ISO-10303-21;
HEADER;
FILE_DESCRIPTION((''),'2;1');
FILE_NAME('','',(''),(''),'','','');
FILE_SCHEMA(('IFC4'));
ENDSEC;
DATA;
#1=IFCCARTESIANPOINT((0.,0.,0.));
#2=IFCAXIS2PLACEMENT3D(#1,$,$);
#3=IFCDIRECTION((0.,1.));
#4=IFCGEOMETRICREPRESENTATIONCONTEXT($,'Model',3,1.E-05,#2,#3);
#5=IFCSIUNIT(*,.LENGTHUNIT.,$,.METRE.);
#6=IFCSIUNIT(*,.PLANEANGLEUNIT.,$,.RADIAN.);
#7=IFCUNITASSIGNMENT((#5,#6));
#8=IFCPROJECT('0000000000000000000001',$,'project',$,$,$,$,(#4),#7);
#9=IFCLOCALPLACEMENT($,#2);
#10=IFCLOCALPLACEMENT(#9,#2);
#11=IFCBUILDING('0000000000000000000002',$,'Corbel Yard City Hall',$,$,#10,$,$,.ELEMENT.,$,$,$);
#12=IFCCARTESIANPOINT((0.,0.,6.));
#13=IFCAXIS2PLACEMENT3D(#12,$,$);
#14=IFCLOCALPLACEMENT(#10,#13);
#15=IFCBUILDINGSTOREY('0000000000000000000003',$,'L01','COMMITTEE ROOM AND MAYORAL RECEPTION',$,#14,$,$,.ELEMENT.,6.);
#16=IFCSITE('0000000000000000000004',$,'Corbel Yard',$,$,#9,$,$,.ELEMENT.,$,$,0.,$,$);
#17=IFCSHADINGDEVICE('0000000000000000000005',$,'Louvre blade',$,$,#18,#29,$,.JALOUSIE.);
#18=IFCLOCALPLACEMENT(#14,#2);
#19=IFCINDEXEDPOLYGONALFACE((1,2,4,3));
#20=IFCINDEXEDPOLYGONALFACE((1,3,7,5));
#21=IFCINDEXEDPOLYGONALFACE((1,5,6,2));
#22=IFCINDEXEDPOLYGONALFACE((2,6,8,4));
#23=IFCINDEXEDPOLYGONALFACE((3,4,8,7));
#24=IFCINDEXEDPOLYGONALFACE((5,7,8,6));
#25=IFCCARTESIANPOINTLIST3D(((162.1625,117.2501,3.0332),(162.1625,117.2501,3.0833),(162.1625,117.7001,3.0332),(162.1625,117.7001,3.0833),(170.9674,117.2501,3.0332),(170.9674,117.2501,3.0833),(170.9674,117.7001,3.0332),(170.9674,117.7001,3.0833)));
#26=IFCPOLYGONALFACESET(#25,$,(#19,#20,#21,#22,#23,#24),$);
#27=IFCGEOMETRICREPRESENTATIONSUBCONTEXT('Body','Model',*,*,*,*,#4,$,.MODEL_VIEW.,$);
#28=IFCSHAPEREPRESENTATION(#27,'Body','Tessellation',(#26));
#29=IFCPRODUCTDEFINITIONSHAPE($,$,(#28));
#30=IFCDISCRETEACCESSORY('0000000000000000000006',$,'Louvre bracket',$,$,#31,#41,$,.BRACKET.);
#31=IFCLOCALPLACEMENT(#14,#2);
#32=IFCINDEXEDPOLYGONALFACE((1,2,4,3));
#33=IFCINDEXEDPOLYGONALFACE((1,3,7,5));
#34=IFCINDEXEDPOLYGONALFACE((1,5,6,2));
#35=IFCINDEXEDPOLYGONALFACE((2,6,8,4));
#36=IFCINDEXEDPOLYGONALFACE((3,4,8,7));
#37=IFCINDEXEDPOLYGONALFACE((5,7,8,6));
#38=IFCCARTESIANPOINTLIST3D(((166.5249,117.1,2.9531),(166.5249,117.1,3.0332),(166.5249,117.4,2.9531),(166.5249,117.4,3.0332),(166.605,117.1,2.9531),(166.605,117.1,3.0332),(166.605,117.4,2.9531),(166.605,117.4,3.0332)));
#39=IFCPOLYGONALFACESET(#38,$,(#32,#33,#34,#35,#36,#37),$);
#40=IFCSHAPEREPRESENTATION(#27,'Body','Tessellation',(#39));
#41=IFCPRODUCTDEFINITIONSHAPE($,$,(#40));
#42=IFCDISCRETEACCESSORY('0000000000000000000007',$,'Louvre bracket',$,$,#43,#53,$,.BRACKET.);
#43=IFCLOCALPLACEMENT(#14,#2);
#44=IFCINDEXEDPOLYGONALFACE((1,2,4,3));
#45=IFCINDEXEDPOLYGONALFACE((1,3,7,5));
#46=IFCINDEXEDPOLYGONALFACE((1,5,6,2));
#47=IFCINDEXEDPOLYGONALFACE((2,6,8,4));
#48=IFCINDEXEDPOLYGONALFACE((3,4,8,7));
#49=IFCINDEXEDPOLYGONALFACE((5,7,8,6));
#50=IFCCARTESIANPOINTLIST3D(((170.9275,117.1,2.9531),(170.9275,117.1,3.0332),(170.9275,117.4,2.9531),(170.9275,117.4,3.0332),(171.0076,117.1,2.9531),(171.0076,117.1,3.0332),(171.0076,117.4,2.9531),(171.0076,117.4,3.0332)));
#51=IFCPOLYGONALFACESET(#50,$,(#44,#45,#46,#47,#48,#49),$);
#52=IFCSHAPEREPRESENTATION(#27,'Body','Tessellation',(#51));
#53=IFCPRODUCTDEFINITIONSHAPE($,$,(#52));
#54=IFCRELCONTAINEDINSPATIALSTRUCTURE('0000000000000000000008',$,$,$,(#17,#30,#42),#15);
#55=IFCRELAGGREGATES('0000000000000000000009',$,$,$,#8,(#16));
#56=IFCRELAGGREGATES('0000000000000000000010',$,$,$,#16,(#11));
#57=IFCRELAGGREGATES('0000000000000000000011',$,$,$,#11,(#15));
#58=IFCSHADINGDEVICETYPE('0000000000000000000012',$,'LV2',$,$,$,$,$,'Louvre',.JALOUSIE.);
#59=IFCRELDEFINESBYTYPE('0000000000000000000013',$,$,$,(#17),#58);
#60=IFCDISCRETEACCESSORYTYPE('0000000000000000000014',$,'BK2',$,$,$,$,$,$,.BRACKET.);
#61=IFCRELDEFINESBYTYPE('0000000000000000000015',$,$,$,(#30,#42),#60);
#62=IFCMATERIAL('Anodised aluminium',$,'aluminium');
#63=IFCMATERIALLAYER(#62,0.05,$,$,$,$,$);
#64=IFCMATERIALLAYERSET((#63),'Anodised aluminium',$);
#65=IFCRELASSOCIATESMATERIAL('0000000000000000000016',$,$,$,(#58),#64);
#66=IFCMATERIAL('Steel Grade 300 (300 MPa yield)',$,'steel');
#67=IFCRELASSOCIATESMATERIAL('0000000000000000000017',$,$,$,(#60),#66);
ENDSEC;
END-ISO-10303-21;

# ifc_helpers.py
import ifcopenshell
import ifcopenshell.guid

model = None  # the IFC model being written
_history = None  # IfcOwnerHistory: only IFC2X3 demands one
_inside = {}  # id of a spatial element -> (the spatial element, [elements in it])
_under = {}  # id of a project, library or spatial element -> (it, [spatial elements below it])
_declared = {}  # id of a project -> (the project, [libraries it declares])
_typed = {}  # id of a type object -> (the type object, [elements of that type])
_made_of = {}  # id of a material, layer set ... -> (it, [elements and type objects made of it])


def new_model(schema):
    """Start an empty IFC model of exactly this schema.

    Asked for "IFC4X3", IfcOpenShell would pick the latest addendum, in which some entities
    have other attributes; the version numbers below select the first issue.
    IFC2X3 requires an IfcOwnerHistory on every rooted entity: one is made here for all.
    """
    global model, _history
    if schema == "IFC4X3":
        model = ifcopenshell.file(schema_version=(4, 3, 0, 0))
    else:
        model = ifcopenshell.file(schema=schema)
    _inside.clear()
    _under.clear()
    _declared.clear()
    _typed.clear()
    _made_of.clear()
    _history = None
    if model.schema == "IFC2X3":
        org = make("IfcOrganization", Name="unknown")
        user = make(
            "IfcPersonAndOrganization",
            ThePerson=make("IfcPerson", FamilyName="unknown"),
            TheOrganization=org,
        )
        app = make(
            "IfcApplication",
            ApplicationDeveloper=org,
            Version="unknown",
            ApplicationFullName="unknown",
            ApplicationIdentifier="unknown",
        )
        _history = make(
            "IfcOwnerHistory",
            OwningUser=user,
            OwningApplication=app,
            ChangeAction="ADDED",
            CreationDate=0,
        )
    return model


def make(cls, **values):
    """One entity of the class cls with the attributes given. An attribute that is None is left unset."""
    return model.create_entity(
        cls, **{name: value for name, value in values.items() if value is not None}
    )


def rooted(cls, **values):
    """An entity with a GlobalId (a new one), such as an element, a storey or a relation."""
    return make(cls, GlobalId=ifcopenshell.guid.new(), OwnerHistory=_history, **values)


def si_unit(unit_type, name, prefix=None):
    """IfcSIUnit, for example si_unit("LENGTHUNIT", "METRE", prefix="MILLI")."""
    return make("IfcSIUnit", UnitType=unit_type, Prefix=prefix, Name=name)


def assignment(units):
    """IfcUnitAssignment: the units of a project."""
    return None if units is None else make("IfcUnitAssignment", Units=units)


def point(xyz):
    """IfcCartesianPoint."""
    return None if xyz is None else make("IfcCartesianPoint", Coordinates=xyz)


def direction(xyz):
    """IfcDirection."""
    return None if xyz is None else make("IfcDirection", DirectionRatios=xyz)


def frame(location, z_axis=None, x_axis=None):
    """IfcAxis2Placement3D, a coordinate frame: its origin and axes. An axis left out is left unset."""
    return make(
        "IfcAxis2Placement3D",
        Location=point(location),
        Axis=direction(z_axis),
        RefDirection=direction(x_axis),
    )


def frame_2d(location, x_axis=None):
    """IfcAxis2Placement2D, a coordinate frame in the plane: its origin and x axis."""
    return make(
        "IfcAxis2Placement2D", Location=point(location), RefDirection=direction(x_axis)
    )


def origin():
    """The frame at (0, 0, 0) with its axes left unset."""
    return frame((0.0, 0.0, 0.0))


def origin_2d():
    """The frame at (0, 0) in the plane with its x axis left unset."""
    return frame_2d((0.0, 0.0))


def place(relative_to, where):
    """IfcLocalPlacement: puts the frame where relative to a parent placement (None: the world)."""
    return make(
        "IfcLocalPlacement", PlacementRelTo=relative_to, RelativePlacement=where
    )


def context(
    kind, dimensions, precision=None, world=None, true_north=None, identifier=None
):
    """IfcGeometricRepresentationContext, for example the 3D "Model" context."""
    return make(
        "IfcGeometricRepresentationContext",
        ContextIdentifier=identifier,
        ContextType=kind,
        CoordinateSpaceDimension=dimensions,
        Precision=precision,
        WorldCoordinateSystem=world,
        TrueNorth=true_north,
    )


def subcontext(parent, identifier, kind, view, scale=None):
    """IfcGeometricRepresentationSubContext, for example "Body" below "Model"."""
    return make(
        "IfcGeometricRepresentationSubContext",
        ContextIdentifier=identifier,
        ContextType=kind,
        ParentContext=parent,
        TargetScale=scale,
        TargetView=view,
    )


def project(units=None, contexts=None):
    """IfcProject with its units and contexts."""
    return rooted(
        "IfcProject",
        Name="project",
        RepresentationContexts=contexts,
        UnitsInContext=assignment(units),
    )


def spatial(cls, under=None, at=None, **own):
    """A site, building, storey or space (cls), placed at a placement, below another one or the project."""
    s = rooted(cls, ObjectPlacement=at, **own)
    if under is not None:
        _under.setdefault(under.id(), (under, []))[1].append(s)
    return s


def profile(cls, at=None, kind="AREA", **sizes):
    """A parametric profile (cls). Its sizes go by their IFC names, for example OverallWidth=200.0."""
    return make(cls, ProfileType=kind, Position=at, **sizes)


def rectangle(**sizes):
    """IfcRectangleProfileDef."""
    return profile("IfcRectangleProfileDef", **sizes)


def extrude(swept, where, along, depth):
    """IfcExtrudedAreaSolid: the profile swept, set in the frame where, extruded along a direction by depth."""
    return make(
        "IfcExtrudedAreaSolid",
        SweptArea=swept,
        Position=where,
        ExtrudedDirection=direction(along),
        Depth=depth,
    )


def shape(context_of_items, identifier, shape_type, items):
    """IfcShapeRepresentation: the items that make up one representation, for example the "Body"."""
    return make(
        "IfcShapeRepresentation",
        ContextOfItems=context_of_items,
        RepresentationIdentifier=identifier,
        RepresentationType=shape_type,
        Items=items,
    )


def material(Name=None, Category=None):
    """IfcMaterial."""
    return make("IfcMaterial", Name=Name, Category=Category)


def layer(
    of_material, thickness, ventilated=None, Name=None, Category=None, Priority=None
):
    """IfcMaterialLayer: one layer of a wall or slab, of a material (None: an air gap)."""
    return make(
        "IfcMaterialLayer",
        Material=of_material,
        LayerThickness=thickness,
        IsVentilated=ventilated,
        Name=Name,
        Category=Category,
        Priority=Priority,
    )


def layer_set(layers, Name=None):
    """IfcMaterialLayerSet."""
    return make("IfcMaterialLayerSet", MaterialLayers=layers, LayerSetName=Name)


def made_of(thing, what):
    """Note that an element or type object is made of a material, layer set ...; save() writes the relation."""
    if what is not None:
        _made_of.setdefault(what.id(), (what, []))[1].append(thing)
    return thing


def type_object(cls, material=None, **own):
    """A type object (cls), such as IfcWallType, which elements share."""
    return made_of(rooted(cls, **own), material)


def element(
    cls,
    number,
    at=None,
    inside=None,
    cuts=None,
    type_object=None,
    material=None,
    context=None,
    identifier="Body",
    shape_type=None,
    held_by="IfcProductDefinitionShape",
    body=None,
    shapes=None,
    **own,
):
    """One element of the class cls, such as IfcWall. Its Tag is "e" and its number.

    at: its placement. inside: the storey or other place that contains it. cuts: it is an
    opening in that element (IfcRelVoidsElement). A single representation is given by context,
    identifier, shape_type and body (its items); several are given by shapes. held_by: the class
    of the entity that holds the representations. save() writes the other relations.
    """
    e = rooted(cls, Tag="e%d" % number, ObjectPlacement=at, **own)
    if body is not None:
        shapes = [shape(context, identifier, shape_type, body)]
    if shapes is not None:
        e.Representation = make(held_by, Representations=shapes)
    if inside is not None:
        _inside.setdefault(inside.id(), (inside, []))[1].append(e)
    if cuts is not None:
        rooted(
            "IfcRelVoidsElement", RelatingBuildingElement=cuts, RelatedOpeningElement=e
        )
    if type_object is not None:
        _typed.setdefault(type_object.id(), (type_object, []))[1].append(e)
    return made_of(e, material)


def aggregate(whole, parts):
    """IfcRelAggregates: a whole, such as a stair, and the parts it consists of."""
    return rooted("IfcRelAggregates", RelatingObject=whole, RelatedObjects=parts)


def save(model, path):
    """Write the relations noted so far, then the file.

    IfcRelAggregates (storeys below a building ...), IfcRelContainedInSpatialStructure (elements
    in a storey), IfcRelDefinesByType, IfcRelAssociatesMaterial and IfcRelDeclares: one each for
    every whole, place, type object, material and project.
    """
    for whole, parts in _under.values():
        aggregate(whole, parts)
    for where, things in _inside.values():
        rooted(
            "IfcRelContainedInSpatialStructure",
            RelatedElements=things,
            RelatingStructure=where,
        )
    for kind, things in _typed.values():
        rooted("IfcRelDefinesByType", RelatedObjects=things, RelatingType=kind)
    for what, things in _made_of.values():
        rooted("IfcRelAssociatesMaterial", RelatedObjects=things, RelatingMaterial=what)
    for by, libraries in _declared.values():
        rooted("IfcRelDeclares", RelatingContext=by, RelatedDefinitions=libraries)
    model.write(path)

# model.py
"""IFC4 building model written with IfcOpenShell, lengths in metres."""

from ifc_helpers import new_model, si_unit, direction, frame, origin, origin_2d, place, context, subcontext, project, spatial, rectangle, extrude, material, layer, layer_set, type_object, element, save


model = new_model("IFC4")

# Units and contexts
model_context = context("Model", 3, precision=1e-05, world=origin(), true_north=direction((0.0, 1.0)))
body_context = subcontext(model_context, "Body", "Model", "MODEL_VIEW")
ifc_project = project(units=[si_unit("LENGTHUNIT", "METRE"), si_unit("PLANEANGLEUNIT", "RADIAN")], contexts=[model_context])

# Site, building, storey
site_placement = place(None, origin())
site = spatial("IfcSite", under=ifc_project, at=site_placement, Name="Corbel Yard", CompositionType="ELEMENT", RefElevation=0.0)
building_placement = place(site_placement, origin())
building = spatial("IfcBuilding", under=site, at=building_placement, Name="Corbel Yard City Hall", CompositionType="ELEMENT")
storey_placement = place(building_placement, frame((0.0, 0.0, 6.0)))
storey = spatial("IfcBuildingStorey", under=building, at=storey_placement, Name="L01", Description="COMMITTEE ROOM AND MAYORAL RECEPTION", CompositionType="ELEMENT", Elevation=6.0)

# Shared definitions
ifc_material_1 = material(Name="Steel Grade 300 (300 MPa yield)", Category="steel")

# Shading device
ifc_material_2 = material(Name="Anodised aluminium", Category="aluminium")
ifc_layer_1 = layer(ifc_material_2, 0.05)
ifc_layer_set_1 = layer_set([ifc_layer_1], Name="Anodised aluminium")
shading_device_type = type_object("IfcShadingDeviceType", Name="LV2", ElementType="Louvre", PredefinedType="JALOUSIE", material=ifc_layer_set_1)
shading_device_placement = place(storey_placement, frame((166.5649, 117.4751, 3.0332), z_axis=(0.0, 0.0, 1.0), x_axis=(1.0, 0.0, 0.0)))
element("IfcShadingDevice", 1, at=shading_device_placement, inside=storey, type_object=shading_device_type, Name="Louvre blade", PredefinedType="JALOUSIE", context=body_context, shape_type="SweptSolid", body=[
    extrude(rectangle(XDim=8.8049, YDim=0.45, at=origin_2d()), origin(), (0.0, 0.0, 1.0), 0.05),
])

# Discrete accessories
discrete_accessory_type = type_object("IfcDiscreteAccessoryType", Name="BK2", PredefinedType="BRACKET", material=ifc_material_1)
for number, where, z_axis, x_axis, name in (
    (2, (166.5649, 117.25, 2.9531), (0.0, 0.0, 1.0), (1.0, 0.0, 0.0), "Louvre bracket"),
    (3, (170.9675, 117.25, 2.9531), (0.0, 0.0, 1.0), (1.0, 0.0, 0.0), "Louvre bracket"),
):
    element("IfcDiscreteAccessory", number, at=place(storey_placement, frame(where, z_axis=z_axis, x_axis=x_axis)), inside=storey, type_object=discrete_accessory_type, Name=name, PredefinedType="BRACKET", context=body_context, shape_type="SweptSolid", body=[
        extrude(rectangle(XDim=0.0801, YDim=0.3, at=origin_2d()), origin(), (0.0, 0.0, 1.0), 0.0801),
    ])

save(model, "model.ifc")
